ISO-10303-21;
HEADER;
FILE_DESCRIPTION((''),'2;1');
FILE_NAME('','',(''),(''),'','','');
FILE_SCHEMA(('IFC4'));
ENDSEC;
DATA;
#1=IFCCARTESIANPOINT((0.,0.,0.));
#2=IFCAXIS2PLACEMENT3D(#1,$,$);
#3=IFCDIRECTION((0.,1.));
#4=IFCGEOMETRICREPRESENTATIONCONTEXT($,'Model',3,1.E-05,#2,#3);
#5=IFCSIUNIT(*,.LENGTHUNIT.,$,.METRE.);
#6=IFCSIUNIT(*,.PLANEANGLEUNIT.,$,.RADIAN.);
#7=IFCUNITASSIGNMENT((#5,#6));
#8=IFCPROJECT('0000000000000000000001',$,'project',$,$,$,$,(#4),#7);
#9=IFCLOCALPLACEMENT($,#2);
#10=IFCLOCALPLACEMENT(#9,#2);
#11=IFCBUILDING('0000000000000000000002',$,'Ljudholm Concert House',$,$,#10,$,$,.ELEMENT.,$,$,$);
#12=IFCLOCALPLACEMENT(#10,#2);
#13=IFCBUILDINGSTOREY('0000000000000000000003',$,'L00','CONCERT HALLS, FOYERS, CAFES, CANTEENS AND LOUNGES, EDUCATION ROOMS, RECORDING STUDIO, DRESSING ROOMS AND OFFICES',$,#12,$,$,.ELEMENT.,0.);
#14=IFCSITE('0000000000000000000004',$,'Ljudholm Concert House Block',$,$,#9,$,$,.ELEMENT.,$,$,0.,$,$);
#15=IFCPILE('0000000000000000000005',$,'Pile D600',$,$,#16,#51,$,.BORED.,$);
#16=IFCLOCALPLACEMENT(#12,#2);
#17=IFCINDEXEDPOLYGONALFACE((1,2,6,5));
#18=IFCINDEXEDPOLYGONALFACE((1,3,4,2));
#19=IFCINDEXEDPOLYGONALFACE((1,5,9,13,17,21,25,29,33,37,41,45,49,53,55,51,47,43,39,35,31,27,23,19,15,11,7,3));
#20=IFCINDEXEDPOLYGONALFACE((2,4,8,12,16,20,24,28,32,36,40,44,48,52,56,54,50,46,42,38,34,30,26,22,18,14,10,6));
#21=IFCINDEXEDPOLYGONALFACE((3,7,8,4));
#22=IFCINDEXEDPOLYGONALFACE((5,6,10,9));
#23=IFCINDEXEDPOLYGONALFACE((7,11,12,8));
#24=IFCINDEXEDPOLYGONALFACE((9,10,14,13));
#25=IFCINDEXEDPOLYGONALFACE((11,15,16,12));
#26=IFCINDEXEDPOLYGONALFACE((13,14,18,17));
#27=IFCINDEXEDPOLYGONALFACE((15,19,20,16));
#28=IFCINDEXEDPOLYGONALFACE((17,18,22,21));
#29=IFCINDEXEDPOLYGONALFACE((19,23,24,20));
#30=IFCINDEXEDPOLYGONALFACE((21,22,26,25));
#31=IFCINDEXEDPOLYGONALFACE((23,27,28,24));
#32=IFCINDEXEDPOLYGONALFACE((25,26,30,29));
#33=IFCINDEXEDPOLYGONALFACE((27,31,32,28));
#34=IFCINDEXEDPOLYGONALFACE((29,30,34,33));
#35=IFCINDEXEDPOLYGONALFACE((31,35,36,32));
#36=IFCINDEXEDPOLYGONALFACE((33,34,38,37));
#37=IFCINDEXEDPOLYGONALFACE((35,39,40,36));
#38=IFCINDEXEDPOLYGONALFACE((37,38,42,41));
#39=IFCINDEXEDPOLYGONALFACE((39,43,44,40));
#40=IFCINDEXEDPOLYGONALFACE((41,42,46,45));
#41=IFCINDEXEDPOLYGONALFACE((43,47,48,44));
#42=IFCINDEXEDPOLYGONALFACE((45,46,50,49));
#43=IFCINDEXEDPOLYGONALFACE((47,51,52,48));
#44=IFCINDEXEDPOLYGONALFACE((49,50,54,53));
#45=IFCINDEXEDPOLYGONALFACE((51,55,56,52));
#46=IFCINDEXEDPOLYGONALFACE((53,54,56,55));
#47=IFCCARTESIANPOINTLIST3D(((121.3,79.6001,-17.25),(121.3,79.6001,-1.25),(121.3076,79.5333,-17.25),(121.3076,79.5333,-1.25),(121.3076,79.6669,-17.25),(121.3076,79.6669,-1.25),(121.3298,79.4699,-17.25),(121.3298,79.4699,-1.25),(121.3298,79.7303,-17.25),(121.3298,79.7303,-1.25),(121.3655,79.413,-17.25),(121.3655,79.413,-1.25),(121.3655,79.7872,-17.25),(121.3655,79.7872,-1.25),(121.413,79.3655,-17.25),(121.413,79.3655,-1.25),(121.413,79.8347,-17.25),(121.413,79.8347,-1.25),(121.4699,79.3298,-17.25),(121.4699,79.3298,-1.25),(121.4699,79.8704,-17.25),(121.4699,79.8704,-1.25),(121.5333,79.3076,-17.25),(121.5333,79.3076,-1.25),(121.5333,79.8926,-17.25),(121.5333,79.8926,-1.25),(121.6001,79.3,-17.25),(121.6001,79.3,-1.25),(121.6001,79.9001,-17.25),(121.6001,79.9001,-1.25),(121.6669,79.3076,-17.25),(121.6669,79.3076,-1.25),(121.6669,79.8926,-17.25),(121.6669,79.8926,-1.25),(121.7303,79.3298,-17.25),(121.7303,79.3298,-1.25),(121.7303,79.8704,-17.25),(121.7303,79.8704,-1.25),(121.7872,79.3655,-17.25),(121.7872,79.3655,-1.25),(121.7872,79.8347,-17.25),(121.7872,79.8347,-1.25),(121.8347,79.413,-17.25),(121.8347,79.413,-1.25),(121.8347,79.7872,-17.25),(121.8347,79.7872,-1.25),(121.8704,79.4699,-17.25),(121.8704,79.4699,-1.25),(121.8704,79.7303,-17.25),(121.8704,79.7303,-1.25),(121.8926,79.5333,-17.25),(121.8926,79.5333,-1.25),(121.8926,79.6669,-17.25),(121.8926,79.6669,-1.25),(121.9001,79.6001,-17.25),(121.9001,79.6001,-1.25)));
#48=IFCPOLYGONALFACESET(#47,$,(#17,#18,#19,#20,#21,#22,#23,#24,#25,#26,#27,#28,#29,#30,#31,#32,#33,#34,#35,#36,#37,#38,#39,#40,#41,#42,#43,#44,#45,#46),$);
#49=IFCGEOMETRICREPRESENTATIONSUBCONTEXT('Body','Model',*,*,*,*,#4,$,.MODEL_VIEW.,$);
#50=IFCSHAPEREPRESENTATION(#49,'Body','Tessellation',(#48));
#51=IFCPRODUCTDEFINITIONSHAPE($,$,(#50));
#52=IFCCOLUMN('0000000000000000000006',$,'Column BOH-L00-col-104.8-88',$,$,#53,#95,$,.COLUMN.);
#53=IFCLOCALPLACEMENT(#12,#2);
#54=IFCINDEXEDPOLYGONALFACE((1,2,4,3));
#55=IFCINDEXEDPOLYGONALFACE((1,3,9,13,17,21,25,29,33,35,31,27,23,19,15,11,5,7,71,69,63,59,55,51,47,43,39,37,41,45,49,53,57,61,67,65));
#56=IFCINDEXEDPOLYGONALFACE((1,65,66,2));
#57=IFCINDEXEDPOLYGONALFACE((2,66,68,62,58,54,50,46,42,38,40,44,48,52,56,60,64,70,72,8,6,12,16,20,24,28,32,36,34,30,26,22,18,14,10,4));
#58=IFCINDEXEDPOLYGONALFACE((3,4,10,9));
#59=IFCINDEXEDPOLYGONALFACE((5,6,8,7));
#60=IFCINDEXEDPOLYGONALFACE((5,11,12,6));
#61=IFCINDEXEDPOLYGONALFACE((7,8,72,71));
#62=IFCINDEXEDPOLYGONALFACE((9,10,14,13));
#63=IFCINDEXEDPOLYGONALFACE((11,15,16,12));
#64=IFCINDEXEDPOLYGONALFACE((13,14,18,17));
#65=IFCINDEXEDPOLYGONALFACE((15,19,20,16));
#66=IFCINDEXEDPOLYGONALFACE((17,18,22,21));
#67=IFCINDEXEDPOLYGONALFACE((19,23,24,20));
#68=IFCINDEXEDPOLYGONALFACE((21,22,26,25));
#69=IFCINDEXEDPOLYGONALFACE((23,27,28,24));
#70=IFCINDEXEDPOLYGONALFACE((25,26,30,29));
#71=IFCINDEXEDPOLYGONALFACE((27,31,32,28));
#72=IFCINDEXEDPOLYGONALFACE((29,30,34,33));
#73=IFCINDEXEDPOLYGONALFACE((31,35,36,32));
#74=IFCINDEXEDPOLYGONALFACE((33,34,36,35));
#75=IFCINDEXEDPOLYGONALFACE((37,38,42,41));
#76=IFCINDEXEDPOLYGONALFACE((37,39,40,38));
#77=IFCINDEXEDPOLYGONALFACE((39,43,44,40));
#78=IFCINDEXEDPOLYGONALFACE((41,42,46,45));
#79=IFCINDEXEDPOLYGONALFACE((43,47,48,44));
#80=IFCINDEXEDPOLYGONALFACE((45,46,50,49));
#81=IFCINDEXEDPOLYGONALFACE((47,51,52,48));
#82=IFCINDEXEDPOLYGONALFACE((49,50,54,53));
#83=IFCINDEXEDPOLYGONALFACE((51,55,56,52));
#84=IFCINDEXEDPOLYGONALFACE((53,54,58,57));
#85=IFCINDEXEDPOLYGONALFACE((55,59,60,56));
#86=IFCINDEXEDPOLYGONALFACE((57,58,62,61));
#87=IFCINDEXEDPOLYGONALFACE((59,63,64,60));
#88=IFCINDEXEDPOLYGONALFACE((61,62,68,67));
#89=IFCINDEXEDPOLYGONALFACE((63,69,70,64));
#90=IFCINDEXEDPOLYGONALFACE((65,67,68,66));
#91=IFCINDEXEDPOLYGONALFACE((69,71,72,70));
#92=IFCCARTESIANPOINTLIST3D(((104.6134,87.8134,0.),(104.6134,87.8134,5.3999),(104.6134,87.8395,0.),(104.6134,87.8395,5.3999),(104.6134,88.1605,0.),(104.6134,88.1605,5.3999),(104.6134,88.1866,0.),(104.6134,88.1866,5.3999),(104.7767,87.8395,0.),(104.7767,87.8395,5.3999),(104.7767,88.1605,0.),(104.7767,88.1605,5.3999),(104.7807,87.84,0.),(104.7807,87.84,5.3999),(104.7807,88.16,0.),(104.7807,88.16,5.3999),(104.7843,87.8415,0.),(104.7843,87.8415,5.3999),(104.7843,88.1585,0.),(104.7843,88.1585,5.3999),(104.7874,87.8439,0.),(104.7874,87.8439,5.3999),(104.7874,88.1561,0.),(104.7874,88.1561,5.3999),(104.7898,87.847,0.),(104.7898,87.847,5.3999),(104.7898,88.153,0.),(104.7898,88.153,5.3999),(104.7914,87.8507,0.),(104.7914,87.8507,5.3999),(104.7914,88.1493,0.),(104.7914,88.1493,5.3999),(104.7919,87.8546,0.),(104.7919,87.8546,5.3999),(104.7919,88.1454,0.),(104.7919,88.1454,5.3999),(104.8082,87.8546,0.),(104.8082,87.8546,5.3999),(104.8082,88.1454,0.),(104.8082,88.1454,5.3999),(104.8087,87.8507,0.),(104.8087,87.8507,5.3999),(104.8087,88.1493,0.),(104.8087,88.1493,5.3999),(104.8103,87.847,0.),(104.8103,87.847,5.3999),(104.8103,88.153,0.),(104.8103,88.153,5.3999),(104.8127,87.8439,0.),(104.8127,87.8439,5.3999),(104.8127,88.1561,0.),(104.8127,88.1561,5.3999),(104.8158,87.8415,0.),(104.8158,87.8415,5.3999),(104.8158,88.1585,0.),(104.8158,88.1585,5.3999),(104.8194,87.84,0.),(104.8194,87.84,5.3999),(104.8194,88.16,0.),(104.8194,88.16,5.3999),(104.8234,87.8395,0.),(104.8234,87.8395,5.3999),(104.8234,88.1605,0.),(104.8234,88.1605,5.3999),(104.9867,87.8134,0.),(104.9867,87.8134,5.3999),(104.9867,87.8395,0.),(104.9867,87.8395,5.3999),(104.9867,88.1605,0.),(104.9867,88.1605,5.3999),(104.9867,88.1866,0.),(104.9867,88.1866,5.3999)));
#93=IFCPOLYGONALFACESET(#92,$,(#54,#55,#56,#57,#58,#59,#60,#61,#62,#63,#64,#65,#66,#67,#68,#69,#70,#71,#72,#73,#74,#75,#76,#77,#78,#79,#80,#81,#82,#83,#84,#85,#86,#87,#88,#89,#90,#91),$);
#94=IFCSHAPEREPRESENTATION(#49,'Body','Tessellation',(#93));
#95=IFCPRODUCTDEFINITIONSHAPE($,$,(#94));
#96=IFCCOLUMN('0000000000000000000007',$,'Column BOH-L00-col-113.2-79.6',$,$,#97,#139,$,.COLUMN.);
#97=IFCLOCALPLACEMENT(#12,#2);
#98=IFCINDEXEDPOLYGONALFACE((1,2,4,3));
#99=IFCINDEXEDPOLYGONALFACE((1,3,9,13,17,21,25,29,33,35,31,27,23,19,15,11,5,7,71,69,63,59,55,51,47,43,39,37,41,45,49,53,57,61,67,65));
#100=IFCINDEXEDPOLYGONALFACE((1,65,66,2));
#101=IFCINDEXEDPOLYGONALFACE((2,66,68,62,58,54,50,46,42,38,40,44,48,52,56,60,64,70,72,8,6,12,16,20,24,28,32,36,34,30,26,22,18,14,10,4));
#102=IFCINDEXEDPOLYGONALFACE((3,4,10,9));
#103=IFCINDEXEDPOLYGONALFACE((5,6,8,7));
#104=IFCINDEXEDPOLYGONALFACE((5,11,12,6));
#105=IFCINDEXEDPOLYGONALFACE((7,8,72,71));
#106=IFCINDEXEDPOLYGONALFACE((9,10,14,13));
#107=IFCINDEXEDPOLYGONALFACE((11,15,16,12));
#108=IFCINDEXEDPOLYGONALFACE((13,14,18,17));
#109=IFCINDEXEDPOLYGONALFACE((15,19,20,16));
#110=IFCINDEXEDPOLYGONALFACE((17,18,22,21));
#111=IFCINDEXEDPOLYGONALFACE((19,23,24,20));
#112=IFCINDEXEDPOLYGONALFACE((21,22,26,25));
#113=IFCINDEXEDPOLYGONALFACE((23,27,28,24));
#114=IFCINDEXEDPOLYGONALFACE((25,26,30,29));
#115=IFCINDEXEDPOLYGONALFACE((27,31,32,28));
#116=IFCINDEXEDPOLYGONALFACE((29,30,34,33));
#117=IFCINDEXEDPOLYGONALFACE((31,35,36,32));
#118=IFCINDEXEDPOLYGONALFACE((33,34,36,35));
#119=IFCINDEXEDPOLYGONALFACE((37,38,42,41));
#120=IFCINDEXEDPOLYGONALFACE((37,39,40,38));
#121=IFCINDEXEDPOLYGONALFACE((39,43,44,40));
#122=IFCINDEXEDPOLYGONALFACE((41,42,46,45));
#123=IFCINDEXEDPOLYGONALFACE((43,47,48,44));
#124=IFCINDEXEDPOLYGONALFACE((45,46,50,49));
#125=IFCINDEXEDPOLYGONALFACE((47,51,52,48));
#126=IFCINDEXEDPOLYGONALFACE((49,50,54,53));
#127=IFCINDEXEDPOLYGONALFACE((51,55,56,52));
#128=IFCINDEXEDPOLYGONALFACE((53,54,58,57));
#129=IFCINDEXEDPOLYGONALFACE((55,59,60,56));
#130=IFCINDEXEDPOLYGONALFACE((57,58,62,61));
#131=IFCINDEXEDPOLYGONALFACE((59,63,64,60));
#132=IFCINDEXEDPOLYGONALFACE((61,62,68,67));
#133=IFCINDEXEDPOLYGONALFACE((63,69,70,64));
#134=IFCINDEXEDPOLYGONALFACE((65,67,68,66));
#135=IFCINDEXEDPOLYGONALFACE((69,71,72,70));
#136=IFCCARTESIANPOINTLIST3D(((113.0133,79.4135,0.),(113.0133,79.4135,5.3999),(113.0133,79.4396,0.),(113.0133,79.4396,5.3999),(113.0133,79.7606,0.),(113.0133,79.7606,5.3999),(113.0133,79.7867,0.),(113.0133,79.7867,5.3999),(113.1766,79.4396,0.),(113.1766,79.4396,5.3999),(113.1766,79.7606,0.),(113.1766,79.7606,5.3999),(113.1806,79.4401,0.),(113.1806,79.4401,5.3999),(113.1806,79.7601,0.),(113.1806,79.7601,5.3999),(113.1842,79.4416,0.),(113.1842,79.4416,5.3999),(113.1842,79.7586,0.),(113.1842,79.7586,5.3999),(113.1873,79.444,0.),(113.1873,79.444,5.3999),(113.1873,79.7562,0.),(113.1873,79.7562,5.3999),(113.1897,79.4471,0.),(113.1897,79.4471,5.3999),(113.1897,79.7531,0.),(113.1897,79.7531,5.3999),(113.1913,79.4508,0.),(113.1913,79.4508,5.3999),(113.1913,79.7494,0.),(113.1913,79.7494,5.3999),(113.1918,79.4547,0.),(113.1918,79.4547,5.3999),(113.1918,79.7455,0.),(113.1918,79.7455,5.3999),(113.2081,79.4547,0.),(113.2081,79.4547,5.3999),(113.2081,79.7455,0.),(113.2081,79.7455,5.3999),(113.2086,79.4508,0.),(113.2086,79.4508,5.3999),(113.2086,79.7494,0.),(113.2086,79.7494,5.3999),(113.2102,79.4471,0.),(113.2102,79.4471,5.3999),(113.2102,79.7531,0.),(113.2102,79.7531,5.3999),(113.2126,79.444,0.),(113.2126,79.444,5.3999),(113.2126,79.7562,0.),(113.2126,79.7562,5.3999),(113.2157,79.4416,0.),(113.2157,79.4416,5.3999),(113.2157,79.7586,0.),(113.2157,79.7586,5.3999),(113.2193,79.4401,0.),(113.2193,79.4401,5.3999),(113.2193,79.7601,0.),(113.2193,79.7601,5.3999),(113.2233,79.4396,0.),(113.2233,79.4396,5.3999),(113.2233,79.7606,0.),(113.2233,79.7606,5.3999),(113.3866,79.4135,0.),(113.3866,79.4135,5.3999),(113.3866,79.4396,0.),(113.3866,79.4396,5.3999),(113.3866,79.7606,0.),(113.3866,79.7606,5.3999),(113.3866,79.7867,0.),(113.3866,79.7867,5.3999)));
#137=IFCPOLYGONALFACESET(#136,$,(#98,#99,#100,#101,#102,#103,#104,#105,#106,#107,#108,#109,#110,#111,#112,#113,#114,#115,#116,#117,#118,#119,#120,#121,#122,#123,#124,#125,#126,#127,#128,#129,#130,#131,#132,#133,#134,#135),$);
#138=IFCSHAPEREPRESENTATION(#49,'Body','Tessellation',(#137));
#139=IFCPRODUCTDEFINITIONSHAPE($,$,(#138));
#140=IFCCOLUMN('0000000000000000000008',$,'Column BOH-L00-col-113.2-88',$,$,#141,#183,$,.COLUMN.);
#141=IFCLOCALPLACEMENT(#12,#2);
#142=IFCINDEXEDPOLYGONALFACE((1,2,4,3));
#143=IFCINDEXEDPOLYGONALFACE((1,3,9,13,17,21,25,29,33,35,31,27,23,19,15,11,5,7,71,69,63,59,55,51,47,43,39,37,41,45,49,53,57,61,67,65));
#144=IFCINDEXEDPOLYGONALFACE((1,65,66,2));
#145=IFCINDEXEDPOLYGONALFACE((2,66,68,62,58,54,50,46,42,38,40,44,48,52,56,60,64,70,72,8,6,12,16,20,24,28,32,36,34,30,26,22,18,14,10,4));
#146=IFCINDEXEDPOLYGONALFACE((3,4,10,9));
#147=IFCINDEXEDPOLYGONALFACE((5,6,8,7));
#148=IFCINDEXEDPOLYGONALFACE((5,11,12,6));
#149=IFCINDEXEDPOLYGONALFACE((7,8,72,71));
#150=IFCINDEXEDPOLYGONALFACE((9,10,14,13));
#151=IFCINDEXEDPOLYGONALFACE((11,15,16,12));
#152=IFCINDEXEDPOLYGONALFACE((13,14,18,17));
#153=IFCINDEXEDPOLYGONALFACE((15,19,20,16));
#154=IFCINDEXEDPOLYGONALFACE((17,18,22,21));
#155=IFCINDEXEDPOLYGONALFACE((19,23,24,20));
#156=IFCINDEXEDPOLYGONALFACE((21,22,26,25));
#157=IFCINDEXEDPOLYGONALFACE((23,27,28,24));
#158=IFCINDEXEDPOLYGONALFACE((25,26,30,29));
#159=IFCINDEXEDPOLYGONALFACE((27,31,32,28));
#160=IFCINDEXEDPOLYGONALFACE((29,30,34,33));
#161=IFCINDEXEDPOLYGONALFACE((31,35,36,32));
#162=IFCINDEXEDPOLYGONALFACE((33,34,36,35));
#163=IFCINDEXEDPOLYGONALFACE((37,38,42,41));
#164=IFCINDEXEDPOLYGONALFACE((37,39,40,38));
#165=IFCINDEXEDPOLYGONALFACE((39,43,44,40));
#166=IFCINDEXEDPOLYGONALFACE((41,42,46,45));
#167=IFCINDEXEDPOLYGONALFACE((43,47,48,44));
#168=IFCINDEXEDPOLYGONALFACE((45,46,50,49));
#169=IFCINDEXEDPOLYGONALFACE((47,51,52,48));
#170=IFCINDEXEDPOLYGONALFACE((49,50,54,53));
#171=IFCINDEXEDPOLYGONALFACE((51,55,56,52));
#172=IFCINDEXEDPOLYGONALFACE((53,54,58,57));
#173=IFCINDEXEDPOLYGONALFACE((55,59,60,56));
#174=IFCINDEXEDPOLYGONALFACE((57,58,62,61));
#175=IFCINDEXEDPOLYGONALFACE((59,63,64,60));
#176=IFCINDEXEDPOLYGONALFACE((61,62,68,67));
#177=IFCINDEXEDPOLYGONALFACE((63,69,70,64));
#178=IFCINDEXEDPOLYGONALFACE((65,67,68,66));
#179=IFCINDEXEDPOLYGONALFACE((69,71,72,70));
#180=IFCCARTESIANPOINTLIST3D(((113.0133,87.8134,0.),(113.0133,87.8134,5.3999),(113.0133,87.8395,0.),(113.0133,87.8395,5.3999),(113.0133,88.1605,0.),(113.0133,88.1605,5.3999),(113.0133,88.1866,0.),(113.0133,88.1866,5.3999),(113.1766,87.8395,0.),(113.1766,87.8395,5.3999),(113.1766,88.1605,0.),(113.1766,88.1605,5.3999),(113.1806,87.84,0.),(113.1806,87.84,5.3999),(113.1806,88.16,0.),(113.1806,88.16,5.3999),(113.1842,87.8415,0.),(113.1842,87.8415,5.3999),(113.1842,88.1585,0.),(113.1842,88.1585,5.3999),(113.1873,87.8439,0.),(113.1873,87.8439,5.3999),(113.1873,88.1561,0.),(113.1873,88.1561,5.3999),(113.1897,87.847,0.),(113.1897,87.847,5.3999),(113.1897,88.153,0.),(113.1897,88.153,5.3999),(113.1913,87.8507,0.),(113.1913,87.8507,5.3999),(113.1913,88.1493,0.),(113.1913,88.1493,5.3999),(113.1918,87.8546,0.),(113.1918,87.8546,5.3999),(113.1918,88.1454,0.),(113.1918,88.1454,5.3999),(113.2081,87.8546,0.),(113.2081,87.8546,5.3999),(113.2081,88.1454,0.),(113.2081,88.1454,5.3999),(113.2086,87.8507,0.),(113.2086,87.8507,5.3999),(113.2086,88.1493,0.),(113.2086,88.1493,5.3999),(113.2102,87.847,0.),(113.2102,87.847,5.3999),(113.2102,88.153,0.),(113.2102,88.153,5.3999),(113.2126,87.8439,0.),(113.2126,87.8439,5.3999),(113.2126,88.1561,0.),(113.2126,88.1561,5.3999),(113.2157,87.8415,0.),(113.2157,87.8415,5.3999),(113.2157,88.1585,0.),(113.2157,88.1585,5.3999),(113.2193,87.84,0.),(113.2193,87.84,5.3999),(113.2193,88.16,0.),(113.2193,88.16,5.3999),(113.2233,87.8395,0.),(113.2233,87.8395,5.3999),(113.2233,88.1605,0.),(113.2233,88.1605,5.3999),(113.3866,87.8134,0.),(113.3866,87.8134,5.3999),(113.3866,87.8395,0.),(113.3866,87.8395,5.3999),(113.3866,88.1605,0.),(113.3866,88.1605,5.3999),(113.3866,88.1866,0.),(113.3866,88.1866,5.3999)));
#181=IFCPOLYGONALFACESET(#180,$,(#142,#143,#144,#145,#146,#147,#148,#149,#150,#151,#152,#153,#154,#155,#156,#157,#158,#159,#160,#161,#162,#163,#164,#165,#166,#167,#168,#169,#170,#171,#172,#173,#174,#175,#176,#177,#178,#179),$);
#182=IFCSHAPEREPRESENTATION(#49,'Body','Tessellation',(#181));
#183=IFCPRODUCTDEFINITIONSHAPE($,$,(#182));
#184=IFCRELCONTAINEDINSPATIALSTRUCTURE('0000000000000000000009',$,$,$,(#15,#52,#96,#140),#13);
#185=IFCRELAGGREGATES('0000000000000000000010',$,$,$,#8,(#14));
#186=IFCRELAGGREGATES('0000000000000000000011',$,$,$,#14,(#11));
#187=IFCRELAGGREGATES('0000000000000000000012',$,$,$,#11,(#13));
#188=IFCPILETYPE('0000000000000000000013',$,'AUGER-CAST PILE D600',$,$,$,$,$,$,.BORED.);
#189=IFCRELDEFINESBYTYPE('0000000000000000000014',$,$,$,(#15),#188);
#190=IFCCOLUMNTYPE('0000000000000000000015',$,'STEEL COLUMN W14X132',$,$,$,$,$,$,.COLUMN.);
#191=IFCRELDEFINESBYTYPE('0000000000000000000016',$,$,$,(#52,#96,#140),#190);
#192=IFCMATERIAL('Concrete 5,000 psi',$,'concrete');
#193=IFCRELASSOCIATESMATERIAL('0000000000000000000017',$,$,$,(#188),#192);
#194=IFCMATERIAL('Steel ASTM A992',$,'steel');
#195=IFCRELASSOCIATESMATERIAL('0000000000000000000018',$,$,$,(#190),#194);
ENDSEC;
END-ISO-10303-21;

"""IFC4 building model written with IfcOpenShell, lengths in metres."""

from ifc_helpers import new_model, si_unit, direction, frame, origin, origin_2d, place, context, subcontext, project, spatial, circle, i_section, extrude, material, material_profile, profile_set, type_object, element, save


model = new_model("IFC4")

# Units and contexts
model_context = context("Model", 3, precision=1e-05, world=origin(), true_north=direction((0.0, 1.0)))
body_context = subcontext(model_context, "Body", "Model", "MODEL_VIEW")
ifc_project = project(units=[si_unit("LENGTHUNIT", "METRE"), si_unit("PLANEANGLEUNIT", "RADIAN")], contexts=[model_context])

# Site, building, storey
site_placement = place(None, origin())
site = spatial("IfcSite", under=ifc_project, at=site_placement, Name="Ljudholm Concert House Block", CompositionType="ELEMENT", RefElevation=0.0)
building_placement = place(site_placement, origin())
building = spatial("IfcBuilding", under=site, at=building_placement, Name="Ljudholm Concert House", CompositionType="ELEMENT")
storey_placement = place(building_placement, origin())
storey = spatial("IfcBuildingStorey", under=building, at=storey_placement, Name="L00", Description="CONCERT HALLS, FOYERS, CAFES, CANTEENS AND LOUNGES, EDUCATION ROOMS, RECORDING STUDIO, DRESSING ROOMS AND OFFICES", CompositionType="ELEMENT", Elevation=0.0)

# Pile
ifc_material_1 = material(Name="Concrete 5,000 psi", Category="concrete")
ifc_material_profile_1 = material_profile(ifc_material_1, circle(Radius=0.3, at=origin_2d()), Name="AUGER-CAST PILE D600")
ifc_profile_set_1 = profile_set([ifc_material_profile_1], Name="Concrete 5,000 psi")
pile_type = type_object("IfcPileType", Name="AUGER-CAST PILE D600", PredefinedType="BORED", material=ifc_profile_set_1)
for number, where, z_axis, x_axis, name in (
    (1, (121.6001, 79.6001, -1.25), (0.0, 0.0, -1.0), (1.0, 0.0, 0.0), "Pile D600"),
):
    element("IfcPile", number, at=place(storey_placement, frame(where, z_axis=z_axis, x_axis=x_axis)), inside=storey, type_object=pile_type, Name=name, PredefinedType="BORED", context=body_context, shape_type="SweptSolid", body=[
        extrude(circle(Radius=0.3, at=origin_2d()), origin(), (0.0, 0.0, 1.0), 16.0),
    ])

# Columns
ifc_material_2 = material(Name="Steel ASTM A992", Category="steel")
ifc_material_profile_2 = material_profile(ifc_material_2, i_section(OverallWidth=0.3733, OverallDepth=0.3733, WebThickness=0.0164, FlangeThickness=0.0261, FilletRadius=0.0151, at=origin_2d()), Name="W14X132")
ifc_profile_set_2 = profile_set([ifc_material_profile_2], Name="Steel ASTM A992")
column_type = type_object("IfcColumnType", Name="STEEL COLUMN W14X132", PredefinedType="COLUMN", material=ifc_profile_set_2)
for number, where, z_axis, x_axis, name in (
    (2, (104.8, 88.0, 0.0), (0.0, 0.0, 1.0), (1.0, 0.0, 0.0), "Column BOH-L00-col-104.8-88"),
    (3, (113.2, 79.6001, 0.0), (0.0, 0.0, 1.0), (1.0, 0.0, 0.0), "Column BOH-L00-col-113.2-79.6"),
    (4, (113.2, 88.0, 0.0), (0.0, 0.0, 1.0), (1.0, 0.0, 0.0), "Column BOH-L00-col-113.2-88"),
):
    element("IfcColumn", number, at=place(storey_placement, frame(where, z_axis=z_axis, x_axis=x_axis)), inside=storey, type_object=column_type, Name=name, PredefinedType="COLUMN", context=body_context, shape_type="SweptSolid", body=[
        extrude(i_section(OverallWidth=0.3733, OverallDepth=0.3733, WebThickness=0.0164, FlangeThickness=0.0261, FilletRadius=0.0151, at=origin_2d()), origin(), (0.0, 0.0, 1.0), 5.3999),
    ])

save(model, "model.ifc")
